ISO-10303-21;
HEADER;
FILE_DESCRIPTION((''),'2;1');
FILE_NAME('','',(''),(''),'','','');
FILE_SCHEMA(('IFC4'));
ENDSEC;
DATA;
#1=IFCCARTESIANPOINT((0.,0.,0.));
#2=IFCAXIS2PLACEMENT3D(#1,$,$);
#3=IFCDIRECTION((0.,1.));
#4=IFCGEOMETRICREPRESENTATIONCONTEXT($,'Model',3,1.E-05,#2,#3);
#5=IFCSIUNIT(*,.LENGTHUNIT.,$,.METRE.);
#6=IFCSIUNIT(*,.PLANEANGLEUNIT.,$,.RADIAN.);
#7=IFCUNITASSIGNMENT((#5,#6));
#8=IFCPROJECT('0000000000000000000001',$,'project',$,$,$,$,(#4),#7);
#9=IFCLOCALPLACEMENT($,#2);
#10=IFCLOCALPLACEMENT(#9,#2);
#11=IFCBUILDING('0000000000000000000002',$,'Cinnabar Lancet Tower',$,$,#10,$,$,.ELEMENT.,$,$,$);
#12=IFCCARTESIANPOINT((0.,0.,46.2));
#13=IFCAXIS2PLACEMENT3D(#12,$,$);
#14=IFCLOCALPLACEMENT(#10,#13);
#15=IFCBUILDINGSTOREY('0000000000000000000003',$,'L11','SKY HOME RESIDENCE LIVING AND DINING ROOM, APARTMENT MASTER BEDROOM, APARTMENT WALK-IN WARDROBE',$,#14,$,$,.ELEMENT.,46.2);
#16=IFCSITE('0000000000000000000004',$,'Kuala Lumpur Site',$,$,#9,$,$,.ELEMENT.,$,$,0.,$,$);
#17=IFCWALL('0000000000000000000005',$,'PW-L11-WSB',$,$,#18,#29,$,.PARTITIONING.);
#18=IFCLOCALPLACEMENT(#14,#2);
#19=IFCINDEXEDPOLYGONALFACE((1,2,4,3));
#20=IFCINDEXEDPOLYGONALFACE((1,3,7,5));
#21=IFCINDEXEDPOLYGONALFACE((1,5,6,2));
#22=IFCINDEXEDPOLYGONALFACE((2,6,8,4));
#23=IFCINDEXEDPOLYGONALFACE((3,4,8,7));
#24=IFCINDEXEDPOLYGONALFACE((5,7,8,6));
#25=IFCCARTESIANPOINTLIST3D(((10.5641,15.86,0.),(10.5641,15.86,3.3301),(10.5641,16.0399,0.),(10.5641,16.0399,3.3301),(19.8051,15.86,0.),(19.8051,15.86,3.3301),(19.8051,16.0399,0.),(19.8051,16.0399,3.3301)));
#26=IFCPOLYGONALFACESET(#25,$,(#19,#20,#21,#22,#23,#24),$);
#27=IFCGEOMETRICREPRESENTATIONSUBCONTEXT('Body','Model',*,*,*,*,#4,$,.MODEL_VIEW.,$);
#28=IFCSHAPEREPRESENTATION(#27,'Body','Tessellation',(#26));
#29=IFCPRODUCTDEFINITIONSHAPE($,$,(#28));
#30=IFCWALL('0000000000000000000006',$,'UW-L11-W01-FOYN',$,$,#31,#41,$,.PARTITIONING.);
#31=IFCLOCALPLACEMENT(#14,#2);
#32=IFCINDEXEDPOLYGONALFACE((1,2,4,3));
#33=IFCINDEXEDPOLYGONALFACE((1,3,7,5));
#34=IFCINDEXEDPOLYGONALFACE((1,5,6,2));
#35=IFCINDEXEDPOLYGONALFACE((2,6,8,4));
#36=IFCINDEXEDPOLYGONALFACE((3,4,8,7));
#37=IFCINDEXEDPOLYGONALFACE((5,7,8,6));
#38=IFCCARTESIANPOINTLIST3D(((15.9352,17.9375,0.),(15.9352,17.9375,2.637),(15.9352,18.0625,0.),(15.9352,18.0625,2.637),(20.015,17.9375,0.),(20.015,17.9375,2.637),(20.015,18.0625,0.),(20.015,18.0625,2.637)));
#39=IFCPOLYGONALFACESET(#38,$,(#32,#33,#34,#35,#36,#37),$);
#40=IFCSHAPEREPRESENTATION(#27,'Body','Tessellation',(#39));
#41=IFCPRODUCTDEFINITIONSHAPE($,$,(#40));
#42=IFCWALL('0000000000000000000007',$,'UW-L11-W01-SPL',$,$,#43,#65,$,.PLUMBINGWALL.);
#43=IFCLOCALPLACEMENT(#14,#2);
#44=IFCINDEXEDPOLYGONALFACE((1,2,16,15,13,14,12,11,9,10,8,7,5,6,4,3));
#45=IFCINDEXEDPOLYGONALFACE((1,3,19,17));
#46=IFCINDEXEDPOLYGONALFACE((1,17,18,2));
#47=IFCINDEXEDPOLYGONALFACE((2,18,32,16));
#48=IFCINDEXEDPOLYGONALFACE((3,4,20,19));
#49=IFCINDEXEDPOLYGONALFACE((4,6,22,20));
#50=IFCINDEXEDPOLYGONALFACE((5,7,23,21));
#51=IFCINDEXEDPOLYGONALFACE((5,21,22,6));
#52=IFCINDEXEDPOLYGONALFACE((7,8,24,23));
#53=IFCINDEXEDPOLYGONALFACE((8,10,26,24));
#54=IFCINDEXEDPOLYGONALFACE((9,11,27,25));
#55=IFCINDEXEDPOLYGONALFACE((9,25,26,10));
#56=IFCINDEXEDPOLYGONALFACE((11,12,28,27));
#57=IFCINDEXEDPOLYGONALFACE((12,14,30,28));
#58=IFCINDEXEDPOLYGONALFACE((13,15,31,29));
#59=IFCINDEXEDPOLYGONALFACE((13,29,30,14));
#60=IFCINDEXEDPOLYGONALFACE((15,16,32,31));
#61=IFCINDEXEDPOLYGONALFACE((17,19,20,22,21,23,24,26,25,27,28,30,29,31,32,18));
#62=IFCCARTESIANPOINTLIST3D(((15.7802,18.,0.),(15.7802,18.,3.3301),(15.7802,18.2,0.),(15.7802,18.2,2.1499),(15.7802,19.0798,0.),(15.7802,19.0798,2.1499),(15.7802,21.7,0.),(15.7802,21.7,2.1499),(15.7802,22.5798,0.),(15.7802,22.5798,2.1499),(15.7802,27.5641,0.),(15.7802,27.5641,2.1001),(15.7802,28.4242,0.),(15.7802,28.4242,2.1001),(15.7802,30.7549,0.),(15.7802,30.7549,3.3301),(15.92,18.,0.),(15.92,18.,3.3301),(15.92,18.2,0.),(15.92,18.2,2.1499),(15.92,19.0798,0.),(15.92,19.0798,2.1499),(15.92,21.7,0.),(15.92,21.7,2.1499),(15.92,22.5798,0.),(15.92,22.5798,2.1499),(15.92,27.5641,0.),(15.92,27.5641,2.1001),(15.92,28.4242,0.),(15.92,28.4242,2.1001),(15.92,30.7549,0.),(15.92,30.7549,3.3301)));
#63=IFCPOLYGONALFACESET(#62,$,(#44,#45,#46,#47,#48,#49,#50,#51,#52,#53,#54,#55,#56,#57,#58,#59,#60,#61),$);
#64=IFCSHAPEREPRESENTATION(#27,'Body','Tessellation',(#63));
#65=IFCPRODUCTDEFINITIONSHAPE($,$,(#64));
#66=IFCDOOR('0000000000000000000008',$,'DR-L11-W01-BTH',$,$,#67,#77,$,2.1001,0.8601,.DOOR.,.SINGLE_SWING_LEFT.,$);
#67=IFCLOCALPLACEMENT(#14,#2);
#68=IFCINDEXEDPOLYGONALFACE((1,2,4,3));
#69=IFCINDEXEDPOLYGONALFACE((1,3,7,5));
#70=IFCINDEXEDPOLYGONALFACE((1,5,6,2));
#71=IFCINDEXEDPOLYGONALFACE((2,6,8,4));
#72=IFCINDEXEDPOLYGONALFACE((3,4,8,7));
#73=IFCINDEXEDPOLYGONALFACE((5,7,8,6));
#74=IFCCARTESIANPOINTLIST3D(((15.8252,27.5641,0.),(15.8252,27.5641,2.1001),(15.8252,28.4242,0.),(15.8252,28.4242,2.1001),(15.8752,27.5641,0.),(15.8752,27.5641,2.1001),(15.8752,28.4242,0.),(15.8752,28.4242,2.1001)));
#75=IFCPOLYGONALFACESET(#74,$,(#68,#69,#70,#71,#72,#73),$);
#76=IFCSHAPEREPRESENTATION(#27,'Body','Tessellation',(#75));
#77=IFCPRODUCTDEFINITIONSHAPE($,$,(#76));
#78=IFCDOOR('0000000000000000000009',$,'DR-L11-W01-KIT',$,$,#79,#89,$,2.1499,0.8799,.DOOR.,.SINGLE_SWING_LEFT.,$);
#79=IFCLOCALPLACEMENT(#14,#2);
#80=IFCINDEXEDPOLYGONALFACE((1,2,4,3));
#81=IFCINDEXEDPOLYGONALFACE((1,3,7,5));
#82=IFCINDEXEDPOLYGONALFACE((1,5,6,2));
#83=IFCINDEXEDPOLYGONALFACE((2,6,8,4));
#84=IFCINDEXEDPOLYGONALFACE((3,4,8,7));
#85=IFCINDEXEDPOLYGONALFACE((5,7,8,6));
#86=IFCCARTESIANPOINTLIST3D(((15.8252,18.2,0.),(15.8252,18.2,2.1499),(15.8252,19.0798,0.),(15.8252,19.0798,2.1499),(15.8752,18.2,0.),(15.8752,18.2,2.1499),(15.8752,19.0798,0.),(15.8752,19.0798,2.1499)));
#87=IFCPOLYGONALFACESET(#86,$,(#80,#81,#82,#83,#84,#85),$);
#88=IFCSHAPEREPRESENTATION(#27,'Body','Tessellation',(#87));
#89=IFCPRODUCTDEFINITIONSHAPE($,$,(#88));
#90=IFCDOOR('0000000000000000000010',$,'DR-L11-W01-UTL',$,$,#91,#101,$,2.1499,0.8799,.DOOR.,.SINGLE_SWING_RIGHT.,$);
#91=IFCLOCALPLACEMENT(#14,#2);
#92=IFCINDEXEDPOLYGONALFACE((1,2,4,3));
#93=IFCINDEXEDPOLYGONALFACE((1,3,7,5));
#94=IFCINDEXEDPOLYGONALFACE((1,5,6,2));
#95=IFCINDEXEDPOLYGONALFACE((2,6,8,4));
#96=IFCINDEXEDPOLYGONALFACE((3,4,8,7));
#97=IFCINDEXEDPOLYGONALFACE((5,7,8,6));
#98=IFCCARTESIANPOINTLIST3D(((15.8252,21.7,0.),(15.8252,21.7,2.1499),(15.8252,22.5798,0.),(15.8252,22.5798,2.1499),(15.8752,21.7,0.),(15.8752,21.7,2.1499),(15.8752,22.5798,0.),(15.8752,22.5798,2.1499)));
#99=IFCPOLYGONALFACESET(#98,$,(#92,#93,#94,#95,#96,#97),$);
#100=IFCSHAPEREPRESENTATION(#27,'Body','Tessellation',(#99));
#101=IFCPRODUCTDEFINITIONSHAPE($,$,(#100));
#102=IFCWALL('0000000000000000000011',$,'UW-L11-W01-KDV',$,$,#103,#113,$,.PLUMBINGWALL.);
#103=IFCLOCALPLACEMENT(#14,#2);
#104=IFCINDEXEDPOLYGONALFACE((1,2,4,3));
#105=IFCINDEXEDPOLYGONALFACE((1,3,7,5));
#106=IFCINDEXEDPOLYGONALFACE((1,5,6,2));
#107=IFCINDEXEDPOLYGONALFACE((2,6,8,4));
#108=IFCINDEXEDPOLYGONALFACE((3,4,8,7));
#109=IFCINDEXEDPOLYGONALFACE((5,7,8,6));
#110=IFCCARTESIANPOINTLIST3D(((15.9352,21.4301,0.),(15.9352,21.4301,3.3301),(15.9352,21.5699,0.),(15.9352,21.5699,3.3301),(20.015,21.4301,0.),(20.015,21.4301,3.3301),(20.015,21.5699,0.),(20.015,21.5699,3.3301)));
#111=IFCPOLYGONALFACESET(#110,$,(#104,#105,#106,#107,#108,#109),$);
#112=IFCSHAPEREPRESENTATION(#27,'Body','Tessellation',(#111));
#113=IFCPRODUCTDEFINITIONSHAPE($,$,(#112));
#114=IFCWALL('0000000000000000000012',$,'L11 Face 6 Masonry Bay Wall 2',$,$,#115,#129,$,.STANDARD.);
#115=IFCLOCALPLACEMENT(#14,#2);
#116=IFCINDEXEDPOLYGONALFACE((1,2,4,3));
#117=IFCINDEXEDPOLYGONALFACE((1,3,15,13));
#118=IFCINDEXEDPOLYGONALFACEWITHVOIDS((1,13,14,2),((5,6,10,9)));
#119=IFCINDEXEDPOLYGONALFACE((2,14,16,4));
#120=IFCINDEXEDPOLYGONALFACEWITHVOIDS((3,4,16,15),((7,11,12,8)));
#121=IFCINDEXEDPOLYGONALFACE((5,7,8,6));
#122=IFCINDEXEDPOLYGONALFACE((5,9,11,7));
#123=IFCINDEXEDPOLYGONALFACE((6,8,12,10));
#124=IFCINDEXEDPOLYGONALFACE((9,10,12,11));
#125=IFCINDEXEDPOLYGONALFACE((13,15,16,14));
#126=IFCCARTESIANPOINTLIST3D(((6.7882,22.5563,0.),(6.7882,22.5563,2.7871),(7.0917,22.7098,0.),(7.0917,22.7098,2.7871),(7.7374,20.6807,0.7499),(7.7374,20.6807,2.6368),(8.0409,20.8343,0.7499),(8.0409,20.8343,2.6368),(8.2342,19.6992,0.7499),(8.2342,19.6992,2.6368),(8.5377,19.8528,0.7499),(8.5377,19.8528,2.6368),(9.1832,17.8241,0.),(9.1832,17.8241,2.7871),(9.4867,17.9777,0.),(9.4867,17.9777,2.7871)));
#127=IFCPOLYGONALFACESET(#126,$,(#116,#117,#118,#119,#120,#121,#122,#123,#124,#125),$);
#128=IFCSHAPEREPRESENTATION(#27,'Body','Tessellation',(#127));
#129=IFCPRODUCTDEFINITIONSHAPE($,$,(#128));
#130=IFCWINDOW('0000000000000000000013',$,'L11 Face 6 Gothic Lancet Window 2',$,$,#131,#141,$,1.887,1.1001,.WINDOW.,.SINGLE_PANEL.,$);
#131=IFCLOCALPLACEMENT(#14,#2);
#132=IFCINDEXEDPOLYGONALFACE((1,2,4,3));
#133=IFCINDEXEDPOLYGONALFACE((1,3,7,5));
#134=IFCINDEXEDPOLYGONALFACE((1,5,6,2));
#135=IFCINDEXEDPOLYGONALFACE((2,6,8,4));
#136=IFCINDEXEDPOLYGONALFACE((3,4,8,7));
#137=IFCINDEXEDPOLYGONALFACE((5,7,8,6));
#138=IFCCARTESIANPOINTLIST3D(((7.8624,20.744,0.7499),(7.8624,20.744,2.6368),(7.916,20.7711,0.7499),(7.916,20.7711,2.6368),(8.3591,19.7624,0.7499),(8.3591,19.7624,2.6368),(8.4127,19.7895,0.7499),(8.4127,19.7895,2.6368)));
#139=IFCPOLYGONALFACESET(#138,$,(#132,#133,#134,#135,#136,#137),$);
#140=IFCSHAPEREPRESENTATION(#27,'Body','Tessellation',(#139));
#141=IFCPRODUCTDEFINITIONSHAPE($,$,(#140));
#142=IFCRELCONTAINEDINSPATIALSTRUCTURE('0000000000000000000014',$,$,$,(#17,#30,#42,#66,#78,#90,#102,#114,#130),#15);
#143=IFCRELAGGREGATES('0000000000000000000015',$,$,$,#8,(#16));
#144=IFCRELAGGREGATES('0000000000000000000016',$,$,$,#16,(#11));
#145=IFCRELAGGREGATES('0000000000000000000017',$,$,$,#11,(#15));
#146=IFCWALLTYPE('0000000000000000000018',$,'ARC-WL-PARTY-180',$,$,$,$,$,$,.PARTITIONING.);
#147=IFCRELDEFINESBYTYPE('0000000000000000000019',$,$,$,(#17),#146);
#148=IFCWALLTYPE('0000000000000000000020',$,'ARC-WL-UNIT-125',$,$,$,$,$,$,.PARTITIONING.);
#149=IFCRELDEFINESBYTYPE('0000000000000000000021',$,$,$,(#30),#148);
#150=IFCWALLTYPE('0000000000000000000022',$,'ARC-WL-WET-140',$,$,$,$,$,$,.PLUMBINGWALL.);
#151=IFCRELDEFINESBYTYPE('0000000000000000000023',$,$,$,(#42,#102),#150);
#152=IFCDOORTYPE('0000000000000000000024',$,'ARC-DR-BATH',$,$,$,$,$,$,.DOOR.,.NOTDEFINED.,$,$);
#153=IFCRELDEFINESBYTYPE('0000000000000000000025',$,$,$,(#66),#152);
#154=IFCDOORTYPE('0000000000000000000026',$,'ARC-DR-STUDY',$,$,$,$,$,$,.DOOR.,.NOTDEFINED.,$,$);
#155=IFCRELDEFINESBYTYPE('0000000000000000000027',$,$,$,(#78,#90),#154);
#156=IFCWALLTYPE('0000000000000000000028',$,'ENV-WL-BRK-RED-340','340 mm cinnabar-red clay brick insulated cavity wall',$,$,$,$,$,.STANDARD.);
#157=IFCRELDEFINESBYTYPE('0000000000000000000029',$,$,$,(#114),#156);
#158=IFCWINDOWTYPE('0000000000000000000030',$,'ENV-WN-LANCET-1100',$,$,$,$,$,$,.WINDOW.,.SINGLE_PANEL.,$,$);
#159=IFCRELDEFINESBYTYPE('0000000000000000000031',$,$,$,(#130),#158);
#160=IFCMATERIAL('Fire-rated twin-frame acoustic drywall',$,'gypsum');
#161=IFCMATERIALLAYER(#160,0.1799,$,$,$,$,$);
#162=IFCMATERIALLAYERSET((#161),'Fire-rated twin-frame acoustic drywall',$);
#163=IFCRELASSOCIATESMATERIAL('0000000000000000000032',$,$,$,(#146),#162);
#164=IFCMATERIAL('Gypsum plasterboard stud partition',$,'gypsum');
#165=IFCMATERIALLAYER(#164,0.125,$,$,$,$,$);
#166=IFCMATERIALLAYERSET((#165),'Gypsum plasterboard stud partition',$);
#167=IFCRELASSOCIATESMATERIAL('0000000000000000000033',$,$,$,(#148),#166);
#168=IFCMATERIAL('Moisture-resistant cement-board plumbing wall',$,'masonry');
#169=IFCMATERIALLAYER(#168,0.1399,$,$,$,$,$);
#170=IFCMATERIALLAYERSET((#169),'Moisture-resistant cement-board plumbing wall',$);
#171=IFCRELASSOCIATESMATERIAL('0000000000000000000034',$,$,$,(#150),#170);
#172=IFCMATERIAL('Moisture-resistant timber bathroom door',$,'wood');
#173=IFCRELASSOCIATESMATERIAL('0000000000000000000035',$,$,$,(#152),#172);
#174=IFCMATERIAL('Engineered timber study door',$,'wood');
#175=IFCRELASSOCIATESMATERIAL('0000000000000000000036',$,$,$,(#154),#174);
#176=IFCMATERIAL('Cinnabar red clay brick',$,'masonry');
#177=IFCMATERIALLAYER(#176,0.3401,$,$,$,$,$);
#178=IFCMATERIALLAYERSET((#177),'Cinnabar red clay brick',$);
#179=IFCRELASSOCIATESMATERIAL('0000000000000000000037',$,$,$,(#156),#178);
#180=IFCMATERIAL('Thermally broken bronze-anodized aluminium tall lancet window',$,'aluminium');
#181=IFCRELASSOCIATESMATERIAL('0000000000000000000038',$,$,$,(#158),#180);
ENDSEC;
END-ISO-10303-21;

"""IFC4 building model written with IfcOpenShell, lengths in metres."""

from ifc_helpers import new_model, si_unit, direction, frame, frame_2d, origin, place, context, subcontext, project, spatial, rectangle, extrude, material, layer, layer_set, type_object, element, fill, save


model = new_model("IFC4")

# Units and contexts
model_context = context("Model", 3, precision=1e-05, world=origin(), true_north=direction((0.0, 1.0)))
body_context = subcontext(model_context, "Body", "Model", "MODEL_VIEW")
ifc_project = project(units=[si_unit("LENGTHUNIT", "METRE"), si_unit("PLANEANGLEUNIT", "RADIAN")], contexts=[model_context])

# Site, building, storey
site_placement = place(None, origin())
site = spatial("IfcSite", under=ifc_project, at=site_placement, Name="Kuala Lumpur Site", CompositionType="ELEMENT", RefElevation=0.0)
building_placement = place(site_placement, origin())
building = spatial("IfcBuilding", under=site, at=building_placement, Name="Cinnabar Lancet Tower", CompositionType="ELEMENT")
storey_placement = place(building_placement, frame((0.0, 0.0, 46.2)))
storey = spatial("IfcBuildingStorey", under=building, at=storey_placement, Name="L11", Description="SKY HOME RESIDENCE LIVING AND DINING ROOM, APARTMENT MASTER BEDROOM, APARTMENT WALK-IN WARDROBE", CompositionType="ELEMENT", Elevation=46.2)

# Walls
ifc_material_1 = material(Name="Fire-rated twin-frame acoustic drywall", Category="gypsum")
ifc_layer_1 = layer(ifc_material_1, 0.1799)
ifc_layer_set_1 = layer_set([ifc_layer_1], Name="Fire-rated twin-frame acoustic drywall")
wall_type_1 = type_object("IfcWallType", Name="ARC-WL-PARTY-180", PredefinedType="PARTITIONING", material=ifc_layer_set_1)
wall_1_placement = place(storey_placement, frame((10.564, 15.95, 0.0), z_axis=(0.0, 0.0, 1.0), x_axis=(1.0, 0.0, 0.0)))
element("IfcWall", 1, at=wall_1_placement, inside=storey, type_object=wall_type_1, Name="PW-L11-WSB", PredefinedType="PARTITIONING", context=body_context, shape_type="SweptSolid", body=[
    extrude(rectangle(XDim=9.241, YDim=0.1799, at=frame_2d((4.6206, 0.0))), origin(), (0.0, 0.0, 1.0), 3.3301),
])
ifc_material_2 = material(Name="Gypsum plasterboard stud partition", Category="gypsum")
ifc_layer_2 = layer(ifc_material_2, 0.125)
ifc_layer_set_2 = layer_set([ifc_layer_2], Name="Gypsum plasterboard stud partition")
wall_type_2 = type_object("IfcWallType", Name="ARC-WL-UNIT-125", PredefinedType="PARTITIONING", material=ifc_layer_set_2)
wall_2_placement = place(storey_placement, frame((15.9351, 18.0, 0.0), z_axis=(0.0, 0.0, 1.0), x_axis=(1.0, 0.0, 0.0)))
element("IfcWall", 2, at=wall_2_placement, inside=storey, type_object=wall_type_2, Name="UW-L11-W01-FOYN", PredefinedType="PARTITIONING", context=body_context, shape_type="SweptSolid", body=[
    extrude(rectangle(XDim=4.0798, YDim=0.125, at=frame_2d((2.04, 0.0))), origin(), (0.0, 0.0, 1.0), 2.637),
])

# Wall, openings, doors
ifc_material_3 = material(Name="Moisture-resistant cement-board plumbing wall", Category="masonry")
ifc_layer_3 = layer(ifc_material_3, 0.1399)
ifc_layer_set_3 = layer_set([ifc_layer_3], Name="Moisture-resistant cement-board plumbing wall")
wall_type_3 = type_object("IfcWallType", Name="ARC-WL-WET-140", PredefinedType="PLUMBINGWALL", material=ifc_layer_set_3)
wall_3_placement = place(storey_placement, frame((15.8501, 18.0, 0.0), z_axis=(0.0, 0.0, 1.0), x_axis=(0.0, 1.0, 0.0)))
wall_3 = element("IfcWall", 3, at=wall_3_placement, inside=storey, type_object=wall_type_3, Name="UW-L11-W01-SPL", PredefinedType="PLUMBINGWALL", context=body_context, shape_type="SweptSolid", body=[
    extrude(rectangle(XDim=12.7549, YDim=0.1399, at=frame_2d((6.3774, 0.0))), origin(), (0.0, 0.0, 1.0), 3.3301),
])
opening_1_placement = place(wall_3_placement, frame((0.2, 0.0, 0.0)))
opening_1 = element("IfcOpeningElement", 4, at=opening_1_placement, cuts=wall_3, PredefinedType="OPENING", context=body_context, shape_type="SweptSolid", body=[
    extrude(rectangle(XDim=0.8799, YDim=2.1499, at=frame_2d((0.4399, 1.075))), frame((0.0, 0.0798, 0.0), z_axis=(0.0, -1.0, 0.0), x_axis=(1.0, 0.0, 0.0)), (0.0, 0.0, 1.0), 0.1599),
])
opening_2_placement = place(wall_3_placement, frame((3.7, 0.0, 0.0)))
opening_2 = element("IfcOpeningElement", 5, at=opening_2_placement, cuts=wall_3, PredefinedType="OPENING", context=body_context, shape_type="SweptSolid", body=[
    extrude(rectangle(XDim=0.8799, YDim=2.1499, at=frame_2d((0.4399, 1.075))), frame((0.0, 0.0798, 0.0), z_axis=(0.0, -1.0, 0.0), x_axis=(1.0, 0.0, 0.0)), (0.0, 0.0, 1.0), 0.1599),
])
opening_3_placement = place(wall_3_placement, frame((9.564, 0.0, 0.0)))
opening_3 = element("IfcOpeningElement", 6, at=opening_3_placement, cuts=wall_3, PredefinedType="OPENING", context=body_context, shape_type="SweptSolid", body=[
    extrude(rectangle(XDim=0.8601, YDim=2.1001, at=frame_2d((0.4302, 1.05))), frame((0.0, 0.0798, 0.0), z_axis=(0.0, -1.0, 0.0), x_axis=(1.0, 0.0, 0.0)), (0.0, 0.0, 1.0), 0.1599),
])
ifc_material_4 = material(Name="Moisture-resistant timber bathroom door", Category="wood")
door_type_1 = type_object("IfcDoorType", Name="ARC-DR-BATH", OperationType="NOTDEFINED", PredefinedType="DOOR", material=ifc_material_4)
door_1_placement = place(opening_3_placement, origin())
door_1 = element("IfcDoor", 7, at=door_1_placement, inside=storey, type_object=door_type_1, Name="DR-L11-W01-BTH", OperationType="SINGLE_SWING_LEFT", OverallHeight=2.1001, OverallWidth=0.8601, PredefinedType="DOOR", context=body_context, shape_type="SweptSolid", body=[
    extrude(rectangle(XDim=0.8601, YDim=2.1001, at=frame_2d((0.4302, 1.05))), frame((0.0, 0.0249, 0.0), z_axis=(0.0, -1.0, 0.0), x_axis=(1.0, 0.0, 0.0)), (0.0, 0.0, 1.0), 0.05),
])
fill(opening_3, door_1)
ifc_material_5 = material(Name="Engineered timber study door", Category="wood")
door_type_2 = type_object("IfcDoorType", Name="ARC-DR-STUDY", OperationType="NOTDEFINED", PredefinedType="DOOR", material=ifc_material_5)
door_2_placement = place(opening_1_placement, origin())
door_2 = element("IfcDoor", 8, at=door_2_placement, inside=storey, type_object=door_type_2, Name="DR-L11-W01-KIT", OperationType="SINGLE_SWING_LEFT", OverallHeight=2.1499, OverallWidth=0.8799, PredefinedType="DOOR", context=body_context, shape_type="SweptSolid", body=[
    extrude(rectangle(XDim=0.8799, YDim=2.1499, at=frame_2d((0.4399, 1.075))), frame((0.0, 0.0249, 0.0), z_axis=(0.0, -1.0, 0.0), x_axis=(1.0, 0.0, 0.0)), (0.0, 0.0, 1.0), 0.05),
])
fill(opening_1, door_2)
door_3_placement = place(opening_2_placement, origin())
door_3 = element("IfcDoor", 9, at=door_3_placement, inside=storey, type_object=door_type_2, Name="DR-L11-W01-UTL", OperationType="SINGLE_SWING_RIGHT", OverallHeight=2.1499, OverallWidth=0.8799, PredefinedType="DOOR", context=body_context, shape_type="SweptSolid", body=[
    extrude(rectangle(XDim=0.8799, YDim=2.1499, at=frame_2d((0.4399, 1.075))), frame((0.0, 0.0249, 0.0), z_axis=(0.0, -1.0, 0.0), x_axis=(1.0, 0.0, 0.0)), (0.0, 0.0, 1.0), 0.05),
])
fill(opening_2, door_3)

# Wall
wall_4_placement = place(storey_placement, frame((15.9351, 21.5, 0.0), z_axis=(0.0, 0.0, 1.0), x_axis=(1.0, 0.0, 0.0)))
element("IfcWall", 10, at=wall_4_placement, inside=storey, type_object=wall_type_3, Name="UW-L11-W01-KDV", PredefinedType="PLUMBINGWALL", context=body_context, shape_type="SweptSolid", body=[
    extrude(rectangle(XDim=4.0798, YDim=0.1399, at=frame_2d((2.04, 0.0))), origin(), (0.0, 0.0, 1.0), 3.3301),
])

# Wall, opening, window
ifc_material_6 = material(Name="Cinnabar red clay brick", Category="masonry")
ifc_layer_4 = layer(ifc_material_6, 0.3401)
ifc_layer_set_4 = layer_set([ifc_layer_4], Name="Cinnabar red clay brick")
wall_type_4 = type_object("IfcWallType", Name="ENV-WL-BRK-RED-340", Description="340 mm cinnabar-red clay brick insulated cavity wall", PredefinedType="STANDARD", material=ifc_layer_set_4)
wall_5_placement = place(storey_placement, frame((6.9399, 22.6331, 0.0), z_axis=(0.0, 0.0, 1.0), x_axis=(0.451572, -0.892235, 0.0)))
wall_5 = element("IfcWall", 11, at=wall_5_placement, inside=storey, type_object=wall_type_4, Name="L11 Face 6 Masonry Bay Wall 2", PredefinedType="STANDARD", context=body_context, shape_type="SweptSolid", body=[
    extrude(rectangle(XDim=5.3037, YDim=0.3401, at=frame_2d((2.6519, 0.0))), origin(), (0.0, 0.0, 1.0), 2.7871),
])
opening_4_placement = place(wall_5_placement, frame((2.1021, 0.0, 0.75)))
opening_4 = element("IfcOpeningElement", 12, at=opening_4_placement, cuts=wall_5, PredefinedType="OPENING", context=body_context, shape_type="SweptSolid", body=[
    extrude(rectangle(XDim=1.1001, YDim=1.887, at=frame_2d((0.55, 0.9434))), frame((0.0, 0.1799, 0.0), z_axis=(0.0, -1.0, 0.0), x_axis=(1.0, 0.0, 0.0)), (0.0, 0.0, 1.0), 0.3601),
])
ifc_material_7 = material(Name="Thermally broken bronze-anodized aluminium tall lancet window", Category="aluminium")
window_type = type_object("IfcWindowType", Name="ENV-WN-LANCET-1100", PartitioningType="SINGLE_PANEL", PredefinedType="WINDOW", material=ifc_material_7)
window_placement = place(opening_4_placement, origin())
window = element("IfcWindow", 13, at=window_placement, inside=storey, type_object=window_type, Name="L11 Face 6 Gothic Lancet Window 2", OverallHeight=1.887, OverallWidth=1.1001, PartitioningType="SINGLE_PANEL", PredefinedType="WINDOW", context=body_context, shape_type="SweptSolid", body=[
    extrude(rectangle(XDim=1.1001, YDim=1.887, at=frame_2d((0.55, 0.9434))), frame((0.0, 0.03, 0.0), z_axis=(0.0, -1.0, 0.0), x_axis=(1.0, 0.0, 0.0)), (0.0, 0.0, 1.0), 0.0601),
])
fill(opening_4, window)

save(model, "model.ifc")
